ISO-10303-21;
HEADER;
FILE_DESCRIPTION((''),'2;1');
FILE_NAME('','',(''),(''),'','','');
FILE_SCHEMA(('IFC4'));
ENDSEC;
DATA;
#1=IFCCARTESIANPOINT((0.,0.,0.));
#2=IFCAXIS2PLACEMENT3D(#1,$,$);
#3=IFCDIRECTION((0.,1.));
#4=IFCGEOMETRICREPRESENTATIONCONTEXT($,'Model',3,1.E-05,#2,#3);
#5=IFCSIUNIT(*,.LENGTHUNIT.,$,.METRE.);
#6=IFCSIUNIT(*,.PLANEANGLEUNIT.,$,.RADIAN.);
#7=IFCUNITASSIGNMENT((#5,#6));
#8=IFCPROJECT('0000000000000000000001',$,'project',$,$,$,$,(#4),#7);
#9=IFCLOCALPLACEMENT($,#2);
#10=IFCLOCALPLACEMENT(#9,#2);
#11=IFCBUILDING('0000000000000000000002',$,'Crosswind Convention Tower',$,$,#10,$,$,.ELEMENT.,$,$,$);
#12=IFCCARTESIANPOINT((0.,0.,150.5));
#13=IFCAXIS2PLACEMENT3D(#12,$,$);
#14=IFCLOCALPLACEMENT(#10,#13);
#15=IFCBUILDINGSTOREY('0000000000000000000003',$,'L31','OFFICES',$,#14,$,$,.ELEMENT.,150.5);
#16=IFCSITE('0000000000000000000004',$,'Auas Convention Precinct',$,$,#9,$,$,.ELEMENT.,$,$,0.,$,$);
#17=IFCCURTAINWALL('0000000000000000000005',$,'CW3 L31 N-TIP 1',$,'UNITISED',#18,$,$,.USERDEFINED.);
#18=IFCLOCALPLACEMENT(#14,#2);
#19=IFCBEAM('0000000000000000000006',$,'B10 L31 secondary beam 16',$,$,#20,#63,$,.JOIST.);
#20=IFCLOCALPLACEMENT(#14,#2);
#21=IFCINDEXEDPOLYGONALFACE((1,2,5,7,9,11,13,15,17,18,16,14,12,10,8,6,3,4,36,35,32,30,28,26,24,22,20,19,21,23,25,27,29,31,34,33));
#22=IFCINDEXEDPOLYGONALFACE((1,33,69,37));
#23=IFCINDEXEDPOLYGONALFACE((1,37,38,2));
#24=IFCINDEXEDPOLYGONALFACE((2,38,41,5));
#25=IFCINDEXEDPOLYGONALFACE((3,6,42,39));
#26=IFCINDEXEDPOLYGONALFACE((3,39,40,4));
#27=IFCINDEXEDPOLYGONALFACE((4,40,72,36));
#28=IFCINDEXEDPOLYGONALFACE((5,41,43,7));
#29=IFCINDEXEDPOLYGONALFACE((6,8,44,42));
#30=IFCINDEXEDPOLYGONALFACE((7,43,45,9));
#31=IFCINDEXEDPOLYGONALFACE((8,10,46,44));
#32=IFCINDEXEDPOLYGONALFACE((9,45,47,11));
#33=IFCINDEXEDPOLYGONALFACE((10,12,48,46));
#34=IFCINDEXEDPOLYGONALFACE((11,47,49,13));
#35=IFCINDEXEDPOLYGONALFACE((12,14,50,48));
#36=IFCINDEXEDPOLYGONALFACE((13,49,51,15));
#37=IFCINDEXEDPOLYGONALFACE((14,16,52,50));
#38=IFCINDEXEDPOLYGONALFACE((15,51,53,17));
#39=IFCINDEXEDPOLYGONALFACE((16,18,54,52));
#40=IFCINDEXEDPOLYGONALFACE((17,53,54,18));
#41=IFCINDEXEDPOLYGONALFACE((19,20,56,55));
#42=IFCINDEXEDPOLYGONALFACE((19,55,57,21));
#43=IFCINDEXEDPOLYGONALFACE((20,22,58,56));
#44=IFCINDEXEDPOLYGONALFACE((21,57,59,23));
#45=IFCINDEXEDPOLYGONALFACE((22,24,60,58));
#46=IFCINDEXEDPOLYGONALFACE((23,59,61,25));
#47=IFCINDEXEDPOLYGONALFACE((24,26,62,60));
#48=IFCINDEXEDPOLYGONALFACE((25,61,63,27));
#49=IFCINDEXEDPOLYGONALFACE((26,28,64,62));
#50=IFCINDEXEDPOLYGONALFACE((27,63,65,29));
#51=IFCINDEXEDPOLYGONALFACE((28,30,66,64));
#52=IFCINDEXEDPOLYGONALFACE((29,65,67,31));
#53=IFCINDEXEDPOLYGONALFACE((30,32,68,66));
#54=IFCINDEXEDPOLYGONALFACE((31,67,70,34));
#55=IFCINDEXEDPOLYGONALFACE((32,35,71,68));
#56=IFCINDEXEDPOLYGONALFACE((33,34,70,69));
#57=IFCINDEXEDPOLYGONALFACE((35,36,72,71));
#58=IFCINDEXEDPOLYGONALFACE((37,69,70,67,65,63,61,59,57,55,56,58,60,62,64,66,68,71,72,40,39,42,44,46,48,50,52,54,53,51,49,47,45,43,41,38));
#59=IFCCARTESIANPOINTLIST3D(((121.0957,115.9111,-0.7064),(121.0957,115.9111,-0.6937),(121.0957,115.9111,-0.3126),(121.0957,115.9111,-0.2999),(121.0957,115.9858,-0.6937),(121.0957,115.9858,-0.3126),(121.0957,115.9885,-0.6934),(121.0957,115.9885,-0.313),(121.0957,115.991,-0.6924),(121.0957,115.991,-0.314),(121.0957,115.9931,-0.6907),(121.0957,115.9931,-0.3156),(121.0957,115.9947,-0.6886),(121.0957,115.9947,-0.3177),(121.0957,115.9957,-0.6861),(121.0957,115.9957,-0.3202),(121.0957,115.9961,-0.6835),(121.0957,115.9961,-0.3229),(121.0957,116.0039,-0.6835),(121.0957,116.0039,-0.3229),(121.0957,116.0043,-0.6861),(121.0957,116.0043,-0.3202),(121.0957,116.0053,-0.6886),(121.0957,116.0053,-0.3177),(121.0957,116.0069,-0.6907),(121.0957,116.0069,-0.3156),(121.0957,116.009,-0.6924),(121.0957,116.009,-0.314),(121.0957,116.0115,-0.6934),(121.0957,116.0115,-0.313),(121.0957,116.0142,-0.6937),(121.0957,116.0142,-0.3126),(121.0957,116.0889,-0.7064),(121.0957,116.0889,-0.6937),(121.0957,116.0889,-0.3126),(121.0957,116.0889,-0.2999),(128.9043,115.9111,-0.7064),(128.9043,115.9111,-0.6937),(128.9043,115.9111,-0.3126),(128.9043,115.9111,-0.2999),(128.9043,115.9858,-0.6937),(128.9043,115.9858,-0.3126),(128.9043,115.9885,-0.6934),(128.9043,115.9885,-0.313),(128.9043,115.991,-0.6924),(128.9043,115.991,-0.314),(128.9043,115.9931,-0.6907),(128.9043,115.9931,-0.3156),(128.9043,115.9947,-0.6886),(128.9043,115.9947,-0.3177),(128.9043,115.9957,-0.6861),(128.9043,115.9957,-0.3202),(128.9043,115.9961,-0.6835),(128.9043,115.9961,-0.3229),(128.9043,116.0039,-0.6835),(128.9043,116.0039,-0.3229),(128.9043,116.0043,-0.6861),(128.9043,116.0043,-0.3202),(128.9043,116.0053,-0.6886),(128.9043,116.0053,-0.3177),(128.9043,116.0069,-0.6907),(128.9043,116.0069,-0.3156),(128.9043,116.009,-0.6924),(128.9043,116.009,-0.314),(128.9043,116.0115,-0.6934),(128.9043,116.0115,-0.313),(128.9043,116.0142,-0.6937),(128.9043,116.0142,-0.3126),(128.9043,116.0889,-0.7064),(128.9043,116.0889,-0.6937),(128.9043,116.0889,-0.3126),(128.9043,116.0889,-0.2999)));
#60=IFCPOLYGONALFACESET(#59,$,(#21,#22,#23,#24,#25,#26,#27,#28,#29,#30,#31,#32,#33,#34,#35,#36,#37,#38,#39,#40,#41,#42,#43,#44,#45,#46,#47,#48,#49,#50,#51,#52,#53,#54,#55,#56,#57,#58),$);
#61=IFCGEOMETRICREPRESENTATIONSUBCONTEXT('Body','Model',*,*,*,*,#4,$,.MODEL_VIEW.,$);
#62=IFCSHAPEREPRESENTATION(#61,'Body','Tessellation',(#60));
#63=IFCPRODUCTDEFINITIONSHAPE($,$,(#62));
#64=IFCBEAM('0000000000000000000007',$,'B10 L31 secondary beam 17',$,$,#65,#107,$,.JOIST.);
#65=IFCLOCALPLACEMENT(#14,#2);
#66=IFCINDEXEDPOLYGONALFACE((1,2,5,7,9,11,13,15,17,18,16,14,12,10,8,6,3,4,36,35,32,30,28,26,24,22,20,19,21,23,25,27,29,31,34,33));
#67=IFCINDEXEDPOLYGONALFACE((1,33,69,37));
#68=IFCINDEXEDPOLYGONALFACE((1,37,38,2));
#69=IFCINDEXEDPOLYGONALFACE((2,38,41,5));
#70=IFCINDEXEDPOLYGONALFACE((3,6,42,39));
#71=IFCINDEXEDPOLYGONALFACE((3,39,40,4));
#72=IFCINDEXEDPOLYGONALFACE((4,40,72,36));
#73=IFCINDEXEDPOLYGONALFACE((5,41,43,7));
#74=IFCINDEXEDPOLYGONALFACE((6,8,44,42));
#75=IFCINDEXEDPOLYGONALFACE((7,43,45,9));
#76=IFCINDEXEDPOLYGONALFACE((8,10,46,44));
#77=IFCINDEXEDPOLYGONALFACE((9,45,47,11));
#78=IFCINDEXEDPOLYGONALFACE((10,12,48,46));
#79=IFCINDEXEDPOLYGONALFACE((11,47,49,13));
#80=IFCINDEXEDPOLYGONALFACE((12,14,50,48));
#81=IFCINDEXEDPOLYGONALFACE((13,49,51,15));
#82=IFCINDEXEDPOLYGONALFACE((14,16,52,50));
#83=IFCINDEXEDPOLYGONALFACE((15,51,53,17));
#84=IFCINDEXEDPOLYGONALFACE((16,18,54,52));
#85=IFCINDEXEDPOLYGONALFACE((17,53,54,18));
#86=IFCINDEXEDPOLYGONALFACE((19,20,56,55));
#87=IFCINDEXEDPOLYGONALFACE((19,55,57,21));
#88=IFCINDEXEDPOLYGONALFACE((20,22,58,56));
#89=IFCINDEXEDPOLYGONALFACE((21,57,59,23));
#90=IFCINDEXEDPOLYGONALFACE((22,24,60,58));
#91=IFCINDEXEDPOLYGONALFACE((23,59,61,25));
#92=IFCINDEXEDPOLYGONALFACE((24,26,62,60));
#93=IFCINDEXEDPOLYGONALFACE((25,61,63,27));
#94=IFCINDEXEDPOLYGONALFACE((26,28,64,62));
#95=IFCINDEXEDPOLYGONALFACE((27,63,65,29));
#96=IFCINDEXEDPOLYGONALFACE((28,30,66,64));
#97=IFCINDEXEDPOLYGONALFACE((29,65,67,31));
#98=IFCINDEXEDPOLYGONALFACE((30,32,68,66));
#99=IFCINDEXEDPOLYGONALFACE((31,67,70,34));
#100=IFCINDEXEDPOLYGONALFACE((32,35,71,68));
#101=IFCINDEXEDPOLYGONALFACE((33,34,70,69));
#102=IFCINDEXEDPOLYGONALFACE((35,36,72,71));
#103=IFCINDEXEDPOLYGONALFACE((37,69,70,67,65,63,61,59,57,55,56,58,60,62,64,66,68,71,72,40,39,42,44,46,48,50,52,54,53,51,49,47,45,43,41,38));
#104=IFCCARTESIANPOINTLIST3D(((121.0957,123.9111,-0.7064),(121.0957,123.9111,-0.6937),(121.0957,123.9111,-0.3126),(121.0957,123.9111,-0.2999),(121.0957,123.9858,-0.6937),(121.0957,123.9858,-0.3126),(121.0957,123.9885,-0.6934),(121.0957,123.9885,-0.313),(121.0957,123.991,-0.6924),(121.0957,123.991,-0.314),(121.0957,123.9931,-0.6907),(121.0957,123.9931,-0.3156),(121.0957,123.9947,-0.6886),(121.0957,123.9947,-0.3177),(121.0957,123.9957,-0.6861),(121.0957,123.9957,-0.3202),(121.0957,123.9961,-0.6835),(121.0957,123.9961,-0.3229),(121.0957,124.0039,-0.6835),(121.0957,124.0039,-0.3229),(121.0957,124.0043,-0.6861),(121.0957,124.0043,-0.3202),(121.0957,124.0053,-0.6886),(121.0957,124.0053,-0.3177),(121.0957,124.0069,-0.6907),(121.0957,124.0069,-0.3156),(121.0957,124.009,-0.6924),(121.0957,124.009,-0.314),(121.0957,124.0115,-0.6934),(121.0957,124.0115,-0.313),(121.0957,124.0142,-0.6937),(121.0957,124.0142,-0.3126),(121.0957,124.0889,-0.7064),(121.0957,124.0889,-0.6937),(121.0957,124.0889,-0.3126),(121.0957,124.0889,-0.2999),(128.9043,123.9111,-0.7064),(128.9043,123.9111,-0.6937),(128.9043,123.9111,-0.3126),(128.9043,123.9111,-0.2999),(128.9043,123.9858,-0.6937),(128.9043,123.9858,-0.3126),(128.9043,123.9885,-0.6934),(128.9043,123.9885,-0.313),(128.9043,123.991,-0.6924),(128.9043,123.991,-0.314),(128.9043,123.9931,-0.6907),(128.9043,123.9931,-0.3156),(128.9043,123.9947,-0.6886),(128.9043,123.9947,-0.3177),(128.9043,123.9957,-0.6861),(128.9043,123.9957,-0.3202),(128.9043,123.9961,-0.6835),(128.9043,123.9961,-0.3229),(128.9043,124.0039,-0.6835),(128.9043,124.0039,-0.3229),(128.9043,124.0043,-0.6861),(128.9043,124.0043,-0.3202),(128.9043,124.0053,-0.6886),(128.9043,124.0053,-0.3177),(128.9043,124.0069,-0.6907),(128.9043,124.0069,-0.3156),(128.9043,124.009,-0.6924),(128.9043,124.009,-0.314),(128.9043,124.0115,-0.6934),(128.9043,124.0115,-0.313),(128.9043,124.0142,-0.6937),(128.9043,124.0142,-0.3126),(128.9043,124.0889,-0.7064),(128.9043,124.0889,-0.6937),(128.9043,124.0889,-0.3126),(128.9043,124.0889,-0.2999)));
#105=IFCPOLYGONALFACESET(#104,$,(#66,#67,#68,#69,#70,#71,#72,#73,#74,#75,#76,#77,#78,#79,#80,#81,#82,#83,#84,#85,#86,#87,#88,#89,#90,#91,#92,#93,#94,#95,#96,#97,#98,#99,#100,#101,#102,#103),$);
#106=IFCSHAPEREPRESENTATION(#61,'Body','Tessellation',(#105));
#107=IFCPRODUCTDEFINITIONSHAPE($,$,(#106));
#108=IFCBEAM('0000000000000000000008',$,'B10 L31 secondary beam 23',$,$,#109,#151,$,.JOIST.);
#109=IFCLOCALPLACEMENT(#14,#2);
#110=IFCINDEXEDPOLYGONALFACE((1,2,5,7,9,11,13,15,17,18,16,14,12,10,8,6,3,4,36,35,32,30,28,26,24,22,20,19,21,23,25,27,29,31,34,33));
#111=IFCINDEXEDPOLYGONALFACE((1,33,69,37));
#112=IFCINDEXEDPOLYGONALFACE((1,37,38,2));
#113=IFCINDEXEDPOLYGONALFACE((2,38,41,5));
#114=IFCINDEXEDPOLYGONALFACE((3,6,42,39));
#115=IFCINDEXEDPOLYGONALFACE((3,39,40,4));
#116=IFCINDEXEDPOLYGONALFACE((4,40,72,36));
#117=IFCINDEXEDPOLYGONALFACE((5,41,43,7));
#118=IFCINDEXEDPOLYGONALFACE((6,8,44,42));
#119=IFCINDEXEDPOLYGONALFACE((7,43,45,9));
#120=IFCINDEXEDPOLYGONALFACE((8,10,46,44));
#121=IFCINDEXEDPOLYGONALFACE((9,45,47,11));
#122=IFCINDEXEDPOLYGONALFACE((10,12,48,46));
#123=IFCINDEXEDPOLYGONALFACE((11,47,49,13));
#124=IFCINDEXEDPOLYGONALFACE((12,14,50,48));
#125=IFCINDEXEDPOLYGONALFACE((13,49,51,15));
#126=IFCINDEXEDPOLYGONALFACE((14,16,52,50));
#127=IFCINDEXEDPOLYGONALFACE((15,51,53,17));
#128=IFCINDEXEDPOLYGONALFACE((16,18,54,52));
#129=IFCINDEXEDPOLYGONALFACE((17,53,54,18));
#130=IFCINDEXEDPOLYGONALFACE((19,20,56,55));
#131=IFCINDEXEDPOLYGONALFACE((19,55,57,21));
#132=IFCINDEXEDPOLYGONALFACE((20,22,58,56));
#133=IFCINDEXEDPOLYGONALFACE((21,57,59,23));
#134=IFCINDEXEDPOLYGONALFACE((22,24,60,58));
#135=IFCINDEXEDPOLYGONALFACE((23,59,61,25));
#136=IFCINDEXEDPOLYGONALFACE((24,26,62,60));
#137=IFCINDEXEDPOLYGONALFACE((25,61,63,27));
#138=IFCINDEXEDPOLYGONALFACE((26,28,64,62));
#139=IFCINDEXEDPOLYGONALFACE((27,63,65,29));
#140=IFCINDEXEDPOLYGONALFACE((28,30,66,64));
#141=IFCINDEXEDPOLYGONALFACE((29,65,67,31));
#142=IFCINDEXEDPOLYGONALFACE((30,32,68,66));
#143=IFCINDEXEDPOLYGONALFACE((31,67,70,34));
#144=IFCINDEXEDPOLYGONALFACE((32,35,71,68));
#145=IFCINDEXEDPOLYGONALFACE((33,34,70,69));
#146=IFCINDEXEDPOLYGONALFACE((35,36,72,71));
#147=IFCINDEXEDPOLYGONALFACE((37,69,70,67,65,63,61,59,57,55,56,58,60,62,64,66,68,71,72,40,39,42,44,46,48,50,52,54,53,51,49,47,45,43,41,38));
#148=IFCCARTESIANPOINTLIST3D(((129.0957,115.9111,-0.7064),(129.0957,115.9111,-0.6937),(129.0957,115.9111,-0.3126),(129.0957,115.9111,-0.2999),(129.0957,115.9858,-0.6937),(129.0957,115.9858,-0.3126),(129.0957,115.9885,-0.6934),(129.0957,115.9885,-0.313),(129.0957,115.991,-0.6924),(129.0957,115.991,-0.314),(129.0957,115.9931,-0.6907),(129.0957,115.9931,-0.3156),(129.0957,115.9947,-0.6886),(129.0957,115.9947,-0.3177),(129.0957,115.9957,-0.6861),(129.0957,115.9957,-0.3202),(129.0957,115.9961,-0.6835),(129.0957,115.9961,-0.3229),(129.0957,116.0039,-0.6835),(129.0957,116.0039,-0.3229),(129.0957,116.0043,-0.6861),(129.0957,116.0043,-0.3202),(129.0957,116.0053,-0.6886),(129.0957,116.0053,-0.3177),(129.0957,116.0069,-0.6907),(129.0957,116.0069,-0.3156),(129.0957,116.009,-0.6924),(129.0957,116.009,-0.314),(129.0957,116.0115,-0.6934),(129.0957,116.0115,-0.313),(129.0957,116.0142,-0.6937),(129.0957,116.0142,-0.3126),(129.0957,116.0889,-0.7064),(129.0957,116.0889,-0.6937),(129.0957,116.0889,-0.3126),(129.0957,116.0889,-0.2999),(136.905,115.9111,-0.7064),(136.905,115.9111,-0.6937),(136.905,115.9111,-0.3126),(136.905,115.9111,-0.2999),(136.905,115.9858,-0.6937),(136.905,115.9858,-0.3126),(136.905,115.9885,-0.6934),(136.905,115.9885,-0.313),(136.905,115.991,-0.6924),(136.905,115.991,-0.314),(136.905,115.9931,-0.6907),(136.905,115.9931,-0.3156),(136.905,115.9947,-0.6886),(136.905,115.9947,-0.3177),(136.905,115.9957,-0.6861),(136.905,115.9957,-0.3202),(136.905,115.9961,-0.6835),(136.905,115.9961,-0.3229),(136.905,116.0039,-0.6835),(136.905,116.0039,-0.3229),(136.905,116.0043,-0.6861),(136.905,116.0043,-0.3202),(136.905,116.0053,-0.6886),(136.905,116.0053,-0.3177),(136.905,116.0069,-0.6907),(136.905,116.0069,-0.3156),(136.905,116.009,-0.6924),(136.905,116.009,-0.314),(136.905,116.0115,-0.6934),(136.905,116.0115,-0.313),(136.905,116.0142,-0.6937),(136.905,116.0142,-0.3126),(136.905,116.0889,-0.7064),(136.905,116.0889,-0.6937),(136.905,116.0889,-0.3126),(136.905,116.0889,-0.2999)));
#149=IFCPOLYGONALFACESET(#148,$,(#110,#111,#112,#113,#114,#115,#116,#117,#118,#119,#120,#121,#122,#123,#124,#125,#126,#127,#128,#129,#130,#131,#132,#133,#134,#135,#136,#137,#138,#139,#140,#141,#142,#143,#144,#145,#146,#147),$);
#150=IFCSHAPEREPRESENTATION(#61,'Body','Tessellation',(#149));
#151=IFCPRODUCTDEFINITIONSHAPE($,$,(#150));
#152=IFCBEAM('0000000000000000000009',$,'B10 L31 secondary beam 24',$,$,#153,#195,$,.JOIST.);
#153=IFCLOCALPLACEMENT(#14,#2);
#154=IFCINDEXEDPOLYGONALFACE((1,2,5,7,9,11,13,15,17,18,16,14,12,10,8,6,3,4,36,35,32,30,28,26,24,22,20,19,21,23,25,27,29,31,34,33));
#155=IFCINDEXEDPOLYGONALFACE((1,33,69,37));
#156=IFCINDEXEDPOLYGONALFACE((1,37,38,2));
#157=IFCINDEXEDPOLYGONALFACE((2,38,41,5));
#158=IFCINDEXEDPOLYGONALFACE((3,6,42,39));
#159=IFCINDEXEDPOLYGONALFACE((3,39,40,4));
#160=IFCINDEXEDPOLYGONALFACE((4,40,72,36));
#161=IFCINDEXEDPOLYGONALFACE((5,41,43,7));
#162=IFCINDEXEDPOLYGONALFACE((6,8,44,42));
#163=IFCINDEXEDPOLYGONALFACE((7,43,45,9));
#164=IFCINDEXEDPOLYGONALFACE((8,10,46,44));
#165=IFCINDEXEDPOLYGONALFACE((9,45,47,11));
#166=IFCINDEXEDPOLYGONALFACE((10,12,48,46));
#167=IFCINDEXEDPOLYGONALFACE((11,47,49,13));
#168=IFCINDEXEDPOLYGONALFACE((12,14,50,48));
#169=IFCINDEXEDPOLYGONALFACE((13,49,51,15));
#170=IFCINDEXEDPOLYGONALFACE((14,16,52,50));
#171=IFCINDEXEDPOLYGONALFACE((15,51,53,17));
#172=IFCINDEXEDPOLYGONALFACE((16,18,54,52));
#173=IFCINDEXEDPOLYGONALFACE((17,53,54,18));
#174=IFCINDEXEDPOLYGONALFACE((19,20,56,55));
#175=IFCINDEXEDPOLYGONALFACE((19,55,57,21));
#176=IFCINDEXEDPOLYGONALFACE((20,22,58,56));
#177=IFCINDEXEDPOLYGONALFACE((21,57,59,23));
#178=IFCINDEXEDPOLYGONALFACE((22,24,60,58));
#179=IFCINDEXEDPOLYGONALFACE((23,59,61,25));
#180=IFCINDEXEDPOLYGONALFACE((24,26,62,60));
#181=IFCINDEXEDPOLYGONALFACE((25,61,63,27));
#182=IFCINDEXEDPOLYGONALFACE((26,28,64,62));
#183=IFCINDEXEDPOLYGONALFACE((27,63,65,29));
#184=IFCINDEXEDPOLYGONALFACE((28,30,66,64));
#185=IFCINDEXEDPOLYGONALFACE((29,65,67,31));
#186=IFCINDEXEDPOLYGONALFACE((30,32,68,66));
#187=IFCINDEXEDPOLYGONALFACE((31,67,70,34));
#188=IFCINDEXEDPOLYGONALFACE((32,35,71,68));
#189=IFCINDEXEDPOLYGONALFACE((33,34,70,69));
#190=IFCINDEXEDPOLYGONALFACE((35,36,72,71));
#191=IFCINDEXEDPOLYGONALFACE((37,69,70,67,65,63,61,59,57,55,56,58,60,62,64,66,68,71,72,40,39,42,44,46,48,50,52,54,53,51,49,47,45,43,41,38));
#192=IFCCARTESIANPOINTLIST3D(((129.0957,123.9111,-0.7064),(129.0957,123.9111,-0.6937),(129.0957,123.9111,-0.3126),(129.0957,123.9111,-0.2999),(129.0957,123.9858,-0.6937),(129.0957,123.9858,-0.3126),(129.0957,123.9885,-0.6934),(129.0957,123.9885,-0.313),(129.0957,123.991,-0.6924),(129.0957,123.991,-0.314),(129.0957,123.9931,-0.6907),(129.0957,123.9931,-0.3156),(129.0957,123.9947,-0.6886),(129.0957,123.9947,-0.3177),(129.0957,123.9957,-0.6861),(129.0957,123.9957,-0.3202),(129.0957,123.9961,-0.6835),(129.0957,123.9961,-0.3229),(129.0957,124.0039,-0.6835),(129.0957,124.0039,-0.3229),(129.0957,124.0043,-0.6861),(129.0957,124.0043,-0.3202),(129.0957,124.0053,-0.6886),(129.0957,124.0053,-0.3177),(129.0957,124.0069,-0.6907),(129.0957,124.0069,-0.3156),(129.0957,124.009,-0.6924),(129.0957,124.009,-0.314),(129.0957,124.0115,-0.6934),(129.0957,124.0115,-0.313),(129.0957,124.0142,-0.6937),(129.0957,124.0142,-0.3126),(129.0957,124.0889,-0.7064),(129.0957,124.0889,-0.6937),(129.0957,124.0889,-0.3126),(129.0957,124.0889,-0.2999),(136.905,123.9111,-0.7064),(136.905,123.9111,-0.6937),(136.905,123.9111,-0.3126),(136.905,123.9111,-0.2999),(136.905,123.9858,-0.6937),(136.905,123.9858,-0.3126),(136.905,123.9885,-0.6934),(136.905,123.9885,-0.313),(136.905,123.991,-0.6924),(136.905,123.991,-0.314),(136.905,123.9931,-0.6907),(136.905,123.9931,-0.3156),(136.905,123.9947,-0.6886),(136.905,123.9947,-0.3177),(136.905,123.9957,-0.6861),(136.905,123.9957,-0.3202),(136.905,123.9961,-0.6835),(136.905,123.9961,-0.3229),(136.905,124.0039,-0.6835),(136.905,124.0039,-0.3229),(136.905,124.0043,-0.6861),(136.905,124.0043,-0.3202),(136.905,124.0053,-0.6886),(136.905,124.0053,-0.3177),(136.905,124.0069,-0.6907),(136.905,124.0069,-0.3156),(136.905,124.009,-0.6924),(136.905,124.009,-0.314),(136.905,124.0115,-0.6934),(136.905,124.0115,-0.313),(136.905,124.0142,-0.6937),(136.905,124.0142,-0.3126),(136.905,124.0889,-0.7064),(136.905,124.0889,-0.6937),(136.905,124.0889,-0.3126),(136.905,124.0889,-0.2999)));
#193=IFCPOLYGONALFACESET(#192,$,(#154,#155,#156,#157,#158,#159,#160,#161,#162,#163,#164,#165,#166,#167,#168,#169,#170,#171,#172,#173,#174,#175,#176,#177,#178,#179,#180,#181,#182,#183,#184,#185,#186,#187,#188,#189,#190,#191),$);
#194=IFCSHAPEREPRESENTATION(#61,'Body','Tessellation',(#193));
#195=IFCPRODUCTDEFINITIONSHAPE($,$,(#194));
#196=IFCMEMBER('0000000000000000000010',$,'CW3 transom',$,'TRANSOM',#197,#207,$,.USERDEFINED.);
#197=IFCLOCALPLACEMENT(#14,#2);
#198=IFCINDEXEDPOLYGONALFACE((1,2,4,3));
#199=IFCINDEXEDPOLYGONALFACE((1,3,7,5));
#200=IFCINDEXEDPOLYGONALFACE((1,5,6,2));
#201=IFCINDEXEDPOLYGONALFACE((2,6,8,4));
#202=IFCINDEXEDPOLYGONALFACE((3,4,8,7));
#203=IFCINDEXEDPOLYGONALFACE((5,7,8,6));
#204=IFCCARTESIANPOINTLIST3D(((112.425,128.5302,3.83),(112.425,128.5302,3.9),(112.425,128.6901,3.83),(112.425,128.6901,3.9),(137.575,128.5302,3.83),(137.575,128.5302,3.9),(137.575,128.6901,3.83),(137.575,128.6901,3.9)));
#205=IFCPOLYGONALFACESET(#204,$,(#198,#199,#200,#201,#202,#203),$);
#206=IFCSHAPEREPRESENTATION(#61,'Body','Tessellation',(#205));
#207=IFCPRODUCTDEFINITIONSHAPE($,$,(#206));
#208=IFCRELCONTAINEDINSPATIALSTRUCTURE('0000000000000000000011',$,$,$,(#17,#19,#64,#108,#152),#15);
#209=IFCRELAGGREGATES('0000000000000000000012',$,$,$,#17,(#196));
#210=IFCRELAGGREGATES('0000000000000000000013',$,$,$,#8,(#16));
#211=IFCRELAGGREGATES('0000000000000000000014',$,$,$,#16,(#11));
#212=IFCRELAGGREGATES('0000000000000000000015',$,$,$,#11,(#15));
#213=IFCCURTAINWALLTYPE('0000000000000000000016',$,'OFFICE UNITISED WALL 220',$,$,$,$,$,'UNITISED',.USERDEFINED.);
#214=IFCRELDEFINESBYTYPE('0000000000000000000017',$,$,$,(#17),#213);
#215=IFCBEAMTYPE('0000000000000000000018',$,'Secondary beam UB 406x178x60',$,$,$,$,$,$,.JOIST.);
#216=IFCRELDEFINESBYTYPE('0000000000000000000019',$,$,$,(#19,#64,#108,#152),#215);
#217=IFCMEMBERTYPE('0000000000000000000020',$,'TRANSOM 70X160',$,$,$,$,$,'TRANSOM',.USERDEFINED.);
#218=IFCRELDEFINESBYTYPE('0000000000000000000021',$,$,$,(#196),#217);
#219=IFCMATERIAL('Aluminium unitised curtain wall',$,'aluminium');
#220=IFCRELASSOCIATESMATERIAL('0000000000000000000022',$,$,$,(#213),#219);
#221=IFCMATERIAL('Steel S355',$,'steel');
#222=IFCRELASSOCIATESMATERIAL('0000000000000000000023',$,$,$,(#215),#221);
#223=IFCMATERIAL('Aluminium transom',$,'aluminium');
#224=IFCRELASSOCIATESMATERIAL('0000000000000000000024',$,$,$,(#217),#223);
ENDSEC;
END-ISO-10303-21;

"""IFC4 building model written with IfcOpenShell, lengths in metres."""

from ifc_helpers import new_model, si_unit, direction, frame, origin, origin_2d, place, context, subcontext, project, spatial, rectangle, i_section, extrude, material, material_profile, profile_set, type_object, element, aggregate, save


model = new_model("IFC4")

# Units and contexts
model_context = context("Model", 3, precision=1e-05, world=origin(), true_north=direction((0.0, 1.0)))
body_context = subcontext(model_context, "Body", "Model", "MODEL_VIEW")
ifc_project = project(units=[si_unit("LENGTHUNIT", "METRE"), si_unit("PLANEANGLEUNIT", "RADIAN")], contexts=[model_context])

# Site, building, storey
site_placement = place(None, origin())
site = spatial("IfcSite", under=ifc_project, at=site_placement, Name="Auas Convention Precinct", CompositionType="ELEMENT", RefElevation=0.0)
building_placement = place(site_placement, origin())
building = spatial("IfcBuilding", under=site, at=building_placement, Name="Crosswind Convention Tower", CompositionType="ELEMENT")
storey_placement = place(building_placement, frame((0.0, 0.0, 150.5)))
storey = spatial("IfcBuildingStorey", under=building, at=storey_placement, Name="L31", Description="OFFICES", CompositionType="ELEMENT", Elevation=150.5)

# Shared definitions
ifc_material_1 = material(Name="Steel S355", Category="steel")

# Curtain wall
ifc_material_2 = material(Name="Aluminium unitised curtain wall", Category="aluminium")
curtain_wall_type = type_object("IfcCurtainWallType", Name="OFFICE UNITISED WALL 220", ElementType="UNITISED", PredefinedType="USERDEFINED", material=ifc_material_2)
curtain_wall_placement = place(storey_placement, origin())
curtain_wall = element("IfcCurtainWall", 1, at=curtain_wall_placement, inside=storey, type_object=curtain_wall_type, Name="CW3 L31 N-TIP 1", ObjectType="UNITISED", PredefinedType="USERDEFINED")

# Beams
ifc_material_profile_1 = material_profile(ifc_material_1, i_section(OverallWidth=0.1777, OverallDepth=0.4065, WebThickness=0.0078, FlangeThickness=0.0127, FilletRadius=0.0103, at=origin_2d()), Name="UB 406x178x60")
ifc_profile_set_1 = profile_set([ifc_material_profile_1], Name="Steel S355")
beam_type_1 = type_object("IfcBeamType", Name="Secondary beam UB 406x178x60", PredefinedType="JOIST", material=ifc_profile_set_1)
for number, where, z_axis, x_axis, name in (
    (2, (121.0957, 116.0, -0.5032), (1.0, 0.0, 0.0), (0.0, 1.0, 0.0), "B10 L31 secondary beam 16"),
    (3, (121.0957, 124.0, -0.5032), (1.0, 0.0, 0.0), (0.0, 1.0, 0.0), "B10 L31 secondary beam 17"),
):
    element("IfcBeam", number, at=place(storey_placement, frame(where, z_axis=z_axis, x_axis=x_axis)), inside=storey, type_object=beam_type_1, Name=name, PredefinedType="JOIST", context=body_context, shape_type="SweptSolid", body=[
        extrude(i_section(OverallWidth=0.1777, OverallDepth=0.4065, WebThickness=0.0078, FlangeThickness=0.0127, FilletRadius=0.0103, at=origin_2d()), origin(), (0.0, 0.0, 1.0), 7.8086),
    ])
for number, where, z_axis, x_axis, name in (
    (4, (129.0957, 116.0, -0.5032), (1.0, 0.0, 0.0), (0.0, 1.0, 0.0), "B10 L31 secondary beam 23"),
    (5, (129.0957, 124.0, -0.5032), (1.0, 0.0, 0.0), (0.0, 1.0, 0.0), "B10 L31 secondary beam 24"),
):
    element("IfcBeam", number, at=place(storey_placement, frame(where, z_axis=z_axis, x_axis=x_axis)), inside=storey, type_object=beam_type_1, Name=name, PredefinedType="JOIST", context=body_context, shape_type="SweptSolid", body=[
        extrude(i_section(OverallWidth=0.1777, OverallDepth=0.4065, WebThickness=0.0078, FlangeThickness=0.0127, FilletRadius=0.0103, at=origin_2d()), origin(), (0.0, 0.0, 1.0), 7.8093),
    ])

# Member
ifc_material_3 = material(Name="Aluminium transom", Category="aluminium")
ifc_material_profile_2 = material_profile(ifc_material_3, rectangle(XDim=0.1599, YDim=0.0701, at=origin_2d()), Name="AL 160X70")
ifc_profile_set_2 = profile_set([ifc_material_profile_2], Name="Aluminium transom")
member_type_1 = type_object("IfcMemberType", Name="TRANSOM 70X160", ElementType="TRANSOM", PredefinedType="USERDEFINED", material=ifc_profile_set_2)
member_1_placement = place(storey_placement, frame((137.575, 128.6101, 3.865), z_axis=(-1.0, 0.0, 0.0), x_axis=(0.0, -1.0, 0.0)))
member_1 = element("IfcMember", 6, at=member_1_placement, type_object=member_type_1, Name="CW3 transom", ObjectType="TRANSOM", PredefinedType="USERDEFINED", context=body_context, shape_type="SweptSolid", body=[
    extrude(rectangle(XDim=0.1599, YDim=0.0701, at=origin_2d()), origin(), (0.0, 0.0, 1.0), 25.1499),
])

aggregate(curtain_wall, [member_1])

save(model, "model.ifc")
